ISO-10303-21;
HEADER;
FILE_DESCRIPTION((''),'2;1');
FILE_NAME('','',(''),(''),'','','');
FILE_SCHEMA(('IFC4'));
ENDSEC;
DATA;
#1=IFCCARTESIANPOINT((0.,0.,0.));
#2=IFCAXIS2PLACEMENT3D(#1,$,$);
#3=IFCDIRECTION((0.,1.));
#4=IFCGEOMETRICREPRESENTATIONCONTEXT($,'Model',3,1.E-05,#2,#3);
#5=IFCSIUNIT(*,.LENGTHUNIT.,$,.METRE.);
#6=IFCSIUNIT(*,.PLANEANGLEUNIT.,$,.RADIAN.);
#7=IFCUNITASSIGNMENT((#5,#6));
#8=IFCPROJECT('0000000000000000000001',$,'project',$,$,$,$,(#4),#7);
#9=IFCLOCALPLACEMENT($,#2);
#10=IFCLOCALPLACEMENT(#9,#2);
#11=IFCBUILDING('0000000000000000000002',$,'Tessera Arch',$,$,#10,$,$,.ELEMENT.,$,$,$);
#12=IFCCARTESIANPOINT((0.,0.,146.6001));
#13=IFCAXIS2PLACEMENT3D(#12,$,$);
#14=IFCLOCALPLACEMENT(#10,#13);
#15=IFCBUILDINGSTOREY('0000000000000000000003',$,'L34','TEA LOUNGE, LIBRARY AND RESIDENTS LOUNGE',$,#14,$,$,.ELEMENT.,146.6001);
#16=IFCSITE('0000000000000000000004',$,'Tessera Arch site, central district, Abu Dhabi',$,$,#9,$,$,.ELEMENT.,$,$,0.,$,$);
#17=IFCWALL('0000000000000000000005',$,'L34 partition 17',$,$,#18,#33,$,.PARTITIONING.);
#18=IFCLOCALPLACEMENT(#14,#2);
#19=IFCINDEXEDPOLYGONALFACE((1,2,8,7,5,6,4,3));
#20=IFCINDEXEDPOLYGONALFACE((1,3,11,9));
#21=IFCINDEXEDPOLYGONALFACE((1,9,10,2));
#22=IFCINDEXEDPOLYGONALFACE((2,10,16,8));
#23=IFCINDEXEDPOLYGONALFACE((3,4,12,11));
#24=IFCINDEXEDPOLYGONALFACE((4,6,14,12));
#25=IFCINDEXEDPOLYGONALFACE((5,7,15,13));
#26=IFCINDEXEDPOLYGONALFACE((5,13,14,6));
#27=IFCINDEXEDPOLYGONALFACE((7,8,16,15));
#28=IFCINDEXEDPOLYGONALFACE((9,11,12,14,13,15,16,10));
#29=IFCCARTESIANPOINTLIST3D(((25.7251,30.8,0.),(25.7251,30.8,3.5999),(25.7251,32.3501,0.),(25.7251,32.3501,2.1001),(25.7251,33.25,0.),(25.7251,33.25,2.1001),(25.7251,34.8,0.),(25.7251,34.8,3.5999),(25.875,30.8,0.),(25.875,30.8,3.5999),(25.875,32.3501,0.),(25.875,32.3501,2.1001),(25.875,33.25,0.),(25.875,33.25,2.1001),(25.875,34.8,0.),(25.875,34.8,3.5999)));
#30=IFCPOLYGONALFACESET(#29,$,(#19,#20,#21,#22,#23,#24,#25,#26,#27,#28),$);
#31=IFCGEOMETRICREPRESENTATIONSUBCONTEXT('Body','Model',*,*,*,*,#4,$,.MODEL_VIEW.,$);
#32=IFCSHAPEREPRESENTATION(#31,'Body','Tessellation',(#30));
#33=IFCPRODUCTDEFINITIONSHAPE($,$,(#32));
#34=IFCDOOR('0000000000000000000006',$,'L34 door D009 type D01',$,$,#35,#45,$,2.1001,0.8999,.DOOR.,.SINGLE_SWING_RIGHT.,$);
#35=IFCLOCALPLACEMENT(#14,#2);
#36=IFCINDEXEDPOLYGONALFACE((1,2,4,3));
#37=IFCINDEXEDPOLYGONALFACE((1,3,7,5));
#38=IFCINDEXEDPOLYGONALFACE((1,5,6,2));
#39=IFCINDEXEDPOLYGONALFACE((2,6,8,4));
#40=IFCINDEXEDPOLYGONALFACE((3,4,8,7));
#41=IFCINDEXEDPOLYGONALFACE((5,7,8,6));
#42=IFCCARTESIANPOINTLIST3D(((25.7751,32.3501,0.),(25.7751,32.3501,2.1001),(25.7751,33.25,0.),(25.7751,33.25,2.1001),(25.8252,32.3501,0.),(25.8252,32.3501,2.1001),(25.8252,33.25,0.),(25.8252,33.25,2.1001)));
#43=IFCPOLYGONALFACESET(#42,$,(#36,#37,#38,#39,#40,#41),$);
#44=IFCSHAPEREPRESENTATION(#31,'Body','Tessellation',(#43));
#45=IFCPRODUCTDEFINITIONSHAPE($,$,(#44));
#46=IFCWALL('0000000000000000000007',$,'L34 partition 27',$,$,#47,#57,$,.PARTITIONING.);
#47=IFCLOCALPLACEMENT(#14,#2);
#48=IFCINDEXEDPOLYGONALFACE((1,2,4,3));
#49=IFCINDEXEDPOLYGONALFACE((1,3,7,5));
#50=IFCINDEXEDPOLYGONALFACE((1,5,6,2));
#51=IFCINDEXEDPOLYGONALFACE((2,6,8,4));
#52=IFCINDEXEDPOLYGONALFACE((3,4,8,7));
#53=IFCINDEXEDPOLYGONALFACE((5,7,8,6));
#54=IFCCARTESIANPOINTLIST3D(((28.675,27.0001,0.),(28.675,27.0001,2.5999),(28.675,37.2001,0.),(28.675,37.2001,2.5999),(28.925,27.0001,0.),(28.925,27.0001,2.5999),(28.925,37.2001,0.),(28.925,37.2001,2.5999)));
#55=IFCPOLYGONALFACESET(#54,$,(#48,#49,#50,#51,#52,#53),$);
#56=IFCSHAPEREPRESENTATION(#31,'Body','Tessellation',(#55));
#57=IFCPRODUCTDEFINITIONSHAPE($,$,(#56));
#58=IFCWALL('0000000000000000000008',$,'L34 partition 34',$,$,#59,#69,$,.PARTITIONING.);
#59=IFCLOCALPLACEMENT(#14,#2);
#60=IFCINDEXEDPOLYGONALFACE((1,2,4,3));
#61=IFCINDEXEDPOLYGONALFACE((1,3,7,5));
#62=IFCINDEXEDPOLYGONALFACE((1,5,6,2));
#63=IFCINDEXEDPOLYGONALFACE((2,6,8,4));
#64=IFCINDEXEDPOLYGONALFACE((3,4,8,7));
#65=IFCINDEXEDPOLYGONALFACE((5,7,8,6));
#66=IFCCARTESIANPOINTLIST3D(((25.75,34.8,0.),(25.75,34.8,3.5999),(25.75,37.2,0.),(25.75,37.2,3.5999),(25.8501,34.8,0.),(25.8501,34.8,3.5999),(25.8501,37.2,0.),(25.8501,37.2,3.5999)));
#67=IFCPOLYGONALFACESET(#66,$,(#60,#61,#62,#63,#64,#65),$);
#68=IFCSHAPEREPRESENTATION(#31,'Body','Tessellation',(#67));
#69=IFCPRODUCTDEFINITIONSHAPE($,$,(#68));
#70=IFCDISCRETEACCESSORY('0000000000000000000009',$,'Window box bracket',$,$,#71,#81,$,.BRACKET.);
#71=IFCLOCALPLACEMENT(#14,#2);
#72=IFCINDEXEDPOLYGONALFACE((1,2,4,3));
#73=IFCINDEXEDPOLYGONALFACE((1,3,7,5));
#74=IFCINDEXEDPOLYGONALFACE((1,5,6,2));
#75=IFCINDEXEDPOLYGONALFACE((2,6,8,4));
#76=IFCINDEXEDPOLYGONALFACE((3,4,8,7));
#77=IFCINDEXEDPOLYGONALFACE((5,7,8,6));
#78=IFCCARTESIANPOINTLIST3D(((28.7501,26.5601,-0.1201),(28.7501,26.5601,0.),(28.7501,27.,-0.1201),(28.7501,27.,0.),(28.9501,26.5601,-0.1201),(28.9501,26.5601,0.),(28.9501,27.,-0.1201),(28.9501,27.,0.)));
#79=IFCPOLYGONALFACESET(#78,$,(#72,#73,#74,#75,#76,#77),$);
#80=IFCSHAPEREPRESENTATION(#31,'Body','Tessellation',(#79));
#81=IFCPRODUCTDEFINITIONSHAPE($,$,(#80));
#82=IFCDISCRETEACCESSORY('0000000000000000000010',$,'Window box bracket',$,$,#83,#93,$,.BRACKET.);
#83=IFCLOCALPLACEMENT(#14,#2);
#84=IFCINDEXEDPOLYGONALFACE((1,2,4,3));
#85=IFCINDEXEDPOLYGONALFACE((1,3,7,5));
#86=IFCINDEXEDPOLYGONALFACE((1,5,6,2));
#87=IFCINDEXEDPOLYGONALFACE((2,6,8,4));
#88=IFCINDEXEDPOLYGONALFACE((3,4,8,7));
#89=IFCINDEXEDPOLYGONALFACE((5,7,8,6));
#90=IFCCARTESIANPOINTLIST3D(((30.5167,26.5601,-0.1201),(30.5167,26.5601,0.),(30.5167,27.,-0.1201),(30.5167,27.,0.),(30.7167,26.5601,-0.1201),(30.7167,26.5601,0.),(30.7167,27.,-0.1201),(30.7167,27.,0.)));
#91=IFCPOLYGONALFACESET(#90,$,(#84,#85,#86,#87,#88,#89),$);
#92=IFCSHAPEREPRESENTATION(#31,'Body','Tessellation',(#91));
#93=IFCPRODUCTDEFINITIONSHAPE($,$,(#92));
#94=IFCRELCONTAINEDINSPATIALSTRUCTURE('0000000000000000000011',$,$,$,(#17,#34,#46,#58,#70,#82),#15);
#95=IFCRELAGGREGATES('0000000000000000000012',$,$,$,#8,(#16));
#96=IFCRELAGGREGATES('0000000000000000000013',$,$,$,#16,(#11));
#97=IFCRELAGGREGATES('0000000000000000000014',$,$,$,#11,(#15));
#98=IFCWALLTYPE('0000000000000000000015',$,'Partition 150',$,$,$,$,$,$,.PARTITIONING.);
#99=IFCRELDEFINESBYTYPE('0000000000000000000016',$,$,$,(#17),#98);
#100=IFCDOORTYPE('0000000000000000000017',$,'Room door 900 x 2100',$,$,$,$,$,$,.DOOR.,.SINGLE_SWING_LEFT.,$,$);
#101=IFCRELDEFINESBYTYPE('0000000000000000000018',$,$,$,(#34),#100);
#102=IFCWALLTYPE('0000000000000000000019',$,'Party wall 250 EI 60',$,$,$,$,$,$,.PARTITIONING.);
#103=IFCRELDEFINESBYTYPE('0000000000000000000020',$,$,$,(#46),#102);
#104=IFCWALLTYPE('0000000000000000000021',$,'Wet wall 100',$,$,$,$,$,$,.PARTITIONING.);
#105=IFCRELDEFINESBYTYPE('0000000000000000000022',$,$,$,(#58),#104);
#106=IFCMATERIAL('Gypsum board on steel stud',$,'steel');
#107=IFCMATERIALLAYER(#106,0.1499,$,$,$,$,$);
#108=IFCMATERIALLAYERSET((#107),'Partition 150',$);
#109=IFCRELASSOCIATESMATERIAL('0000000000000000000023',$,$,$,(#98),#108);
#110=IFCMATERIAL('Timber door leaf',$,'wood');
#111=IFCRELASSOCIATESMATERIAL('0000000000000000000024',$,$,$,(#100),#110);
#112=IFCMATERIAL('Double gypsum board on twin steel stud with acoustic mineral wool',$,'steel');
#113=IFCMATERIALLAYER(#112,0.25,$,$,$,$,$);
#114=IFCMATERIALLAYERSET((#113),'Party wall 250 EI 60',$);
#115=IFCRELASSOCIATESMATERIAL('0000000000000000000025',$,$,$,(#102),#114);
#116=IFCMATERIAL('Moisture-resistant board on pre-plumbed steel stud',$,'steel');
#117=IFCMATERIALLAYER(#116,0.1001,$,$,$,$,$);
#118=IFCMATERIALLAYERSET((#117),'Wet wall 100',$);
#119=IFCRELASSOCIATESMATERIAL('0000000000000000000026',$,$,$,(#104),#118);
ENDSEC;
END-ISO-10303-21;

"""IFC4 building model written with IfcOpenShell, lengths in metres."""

from ifc_helpers import new_model, si_unit, direction, frame, frame_2d, origin, origin_2d, place, context, subcontext, project, spatial, rectangle, extrude, material, layer, layer_set, type_object, element, fill, save


model = new_model("IFC4")

# Units and contexts
model_context = context("Model", 3, precision=1e-05, world=origin(), true_north=direction((0.0, 1.0)))
body_context = subcontext(model_context, "Body", "Model", "MODEL_VIEW")
ifc_project = project(units=[si_unit("LENGTHUNIT", "METRE"), si_unit("PLANEANGLEUNIT", "RADIAN")], contexts=[model_context])

# Site, building, storey
site_placement = place(None, origin())
site = spatial("IfcSite", under=ifc_project, at=site_placement, Name="Tessera Arch site, central district, Abu Dhabi", CompositionType="ELEMENT", RefElevation=0.0)
building_placement = place(site_placement, origin())
building = spatial("IfcBuilding", under=site, at=building_placement, Name="Tessera Arch", CompositionType="ELEMENT")
storey_placement = place(building_placement, frame((0.0, 0.0, 146.6001)))
storey = spatial("IfcBuildingStorey", under=building, at=storey_placement, Name="L34", Description="TEA LOUNGE, LIBRARY AND RESIDENTS LOUNGE", CompositionType="ELEMENT", Elevation=146.6001)

# Shared definitions
ifc_material_1 = material(Name="Gypsum board on steel stud", Category="steel")
ifc_layer_1 = layer(ifc_material_1, 0.1499)
ifc_layer_set_1 = layer_set([ifc_layer_1], Name="Partition 150")
wall_type_1 = type_object("IfcWallType", Name="Partition 150", PredefinedType="PARTITIONING", material=ifc_layer_set_1)

# Wall, opening, door
wall_1_placement = place(storey_placement, frame((25.8, 30.8, 0.0), z_axis=(0.0, 0.0, 1.0), x_axis=(0.0, 1.0, 0.0)))
wall_1 = element("IfcWall", 1, at=wall_1_placement, inside=storey, type_object=wall_type_1, Name="L34 partition 17", PredefinedType="PARTITIONING", context=body_context, shape_type="SweptSolid", body=[
    extrude(rectangle(XDim=4.0, YDim=0.1499, at=frame_2d((2.0, 0.0))), origin(), (0.0, 0.0, 1.0), 3.5999),
])
opening_placement = place(wall_1_placement, frame((1.55, 0.0, 0.0)))
opening = element("IfcOpeningElement", 2, at=opening_placement, cuts=wall_1, PredefinedType="OPENING", context=body_context, shape_type="SweptSolid", body=[
    extrude(rectangle(XDim=0.8999, YDim=2.1001, at=frame_2d((0.45, 1.05))), frame((0.0, 0.085, 0.0), z_axis=(0.0, -1.0, 0.0), x_axis=(1.0, 0.0, 0.0)), (0.0, 0.0, 1.0), 0.1699),
])
ifc_material_2 = material(Name="Timber door leaf", Category="wood")
door_type = type_object("IfcDoorType", Name="Room door 900 x 2100", OperationType="SINGLE_SWING_LEFT", PredefinedType="DOOR", material=ifc_material_2)
door_placement = place(opening_placement, origin())
door = element("IfcDoor", 3, at=door_placement, inside=storey, type_object=door_type, Name="L34 door D009 type D01", OperationType="SINGLE_SWING_RIGHT", OverallHeight=2.1001, OverallWidth=0.8999, PredefinedType="DOOR", context=body_context, shape_type="SweptSolid", body=[
    extrude(rectangle(XDim=0.8999, YDim=2.1001, at=frame_2d((0.45, 1.05))), frame((0.0, 0.0249, 0.0), z_axis=(0.0, -1.0, 0.0), x_axis=(1.0, 0.0, 0.0)), (0.0, 0.0, 1.0), 0.05),
])
fill(opening, door)

# Walls
ifc_material_3 = material(Name="Double gypsum board on twin steel stud with acoustic mineral wool", Category="steel")
ifc_layer_2 = layer(ifc_material_3, 0.25)
ifc_layer_set_2 = layer_set([ifc_layer_2], Name="Party wall 250 EI 60")
wall_type_2 = type_object("IfcWallType", Name="Party wall 250 EI 60", PredefinedType="PARTITIONING", material=ifc_layer_set_2)
wall_2_placement = place(storey_placement, frame((28.8, 27.0, 0.0), z_axis=(0.0, 0.0, 1.0), x_axis=(0.0, 1.0, 0.0)))
element("IfcWall", 4, at=wall_2_placement, inside=storey, type_object=wall_type_2, Name="L34 partition 27", PredefinedType="PARTITIONING", context=body_context, shape_type="SweptSolid", body=[
    extrude(rectangle(XDim=10.2, YDim=0.25, at=frame_2d((5.1001, 0.0))), origin(), (0.0, 0.0, 1.0), 2.5999),
])
ifc_material_4 = material(Name="Moisture-resistant board on pre-plumbed steel stud", Category="steel")
ifc_layer_3 = layer(ifc_material_4, 0.1001)
ifc_layer_set_3 = layer_set([ifc_layer_3], Name="Wet wall 100")
wall_type_3 = type_object("IfcWallType", Name="Wet wall 100", PredefinedType="PARTITIONING", material=ifc_layer_set_3)
wall_3_placement = place(storey_placement, frame((25.8, 34.8, 0.0), z_axis=(0.0, 0.0, 1.0), x_axis=(0.0, 1.0, 0.0)))
element("IfcWall", 5, at=wall_3_placement, inside=storey, type_object=wall_type_3, Name="L34 partition 34", PredefinedType="PARTITIONING", context=body_context, shape_type="SweptSolid", body=[
    extrude(rectangle(XDim=2.3999, YDim=0.1001, at=frame_2d((1.2, 0.0))), origin(), (0.0, 0.0, 1.0), 3.5999),
])

# Discrete accessories
for number, where, z_axis, x_axis, name in (
    (6, (28.8501, 26.78, -0.1201), (0.0, 0.0, 1.0), (0.0, -1.0, 0.0), "Window box bracket"),
    (7, (30.6167, 26.78, -0.1201), (0.0, 0.0, 1.0), (0.0, -1.0, 0.0), "Window box bracket"),
):
    element("IfcDiscreteAccessory", number, at=place(storey_placement, frame(where, z_axis=z_axis, x_axis=x_axis)), inside=storey, Name=name, PredefinedType="BRACKET", context=body_context, shape_type="SweptSolid", body=[
        extrude(rectangle(XDim=0.4399, YDim=0.2, at=origin_2d()), origin(), (0.0, 0.0, 1.0), 0.1201),
    ])

save(model, "model.ifc")
